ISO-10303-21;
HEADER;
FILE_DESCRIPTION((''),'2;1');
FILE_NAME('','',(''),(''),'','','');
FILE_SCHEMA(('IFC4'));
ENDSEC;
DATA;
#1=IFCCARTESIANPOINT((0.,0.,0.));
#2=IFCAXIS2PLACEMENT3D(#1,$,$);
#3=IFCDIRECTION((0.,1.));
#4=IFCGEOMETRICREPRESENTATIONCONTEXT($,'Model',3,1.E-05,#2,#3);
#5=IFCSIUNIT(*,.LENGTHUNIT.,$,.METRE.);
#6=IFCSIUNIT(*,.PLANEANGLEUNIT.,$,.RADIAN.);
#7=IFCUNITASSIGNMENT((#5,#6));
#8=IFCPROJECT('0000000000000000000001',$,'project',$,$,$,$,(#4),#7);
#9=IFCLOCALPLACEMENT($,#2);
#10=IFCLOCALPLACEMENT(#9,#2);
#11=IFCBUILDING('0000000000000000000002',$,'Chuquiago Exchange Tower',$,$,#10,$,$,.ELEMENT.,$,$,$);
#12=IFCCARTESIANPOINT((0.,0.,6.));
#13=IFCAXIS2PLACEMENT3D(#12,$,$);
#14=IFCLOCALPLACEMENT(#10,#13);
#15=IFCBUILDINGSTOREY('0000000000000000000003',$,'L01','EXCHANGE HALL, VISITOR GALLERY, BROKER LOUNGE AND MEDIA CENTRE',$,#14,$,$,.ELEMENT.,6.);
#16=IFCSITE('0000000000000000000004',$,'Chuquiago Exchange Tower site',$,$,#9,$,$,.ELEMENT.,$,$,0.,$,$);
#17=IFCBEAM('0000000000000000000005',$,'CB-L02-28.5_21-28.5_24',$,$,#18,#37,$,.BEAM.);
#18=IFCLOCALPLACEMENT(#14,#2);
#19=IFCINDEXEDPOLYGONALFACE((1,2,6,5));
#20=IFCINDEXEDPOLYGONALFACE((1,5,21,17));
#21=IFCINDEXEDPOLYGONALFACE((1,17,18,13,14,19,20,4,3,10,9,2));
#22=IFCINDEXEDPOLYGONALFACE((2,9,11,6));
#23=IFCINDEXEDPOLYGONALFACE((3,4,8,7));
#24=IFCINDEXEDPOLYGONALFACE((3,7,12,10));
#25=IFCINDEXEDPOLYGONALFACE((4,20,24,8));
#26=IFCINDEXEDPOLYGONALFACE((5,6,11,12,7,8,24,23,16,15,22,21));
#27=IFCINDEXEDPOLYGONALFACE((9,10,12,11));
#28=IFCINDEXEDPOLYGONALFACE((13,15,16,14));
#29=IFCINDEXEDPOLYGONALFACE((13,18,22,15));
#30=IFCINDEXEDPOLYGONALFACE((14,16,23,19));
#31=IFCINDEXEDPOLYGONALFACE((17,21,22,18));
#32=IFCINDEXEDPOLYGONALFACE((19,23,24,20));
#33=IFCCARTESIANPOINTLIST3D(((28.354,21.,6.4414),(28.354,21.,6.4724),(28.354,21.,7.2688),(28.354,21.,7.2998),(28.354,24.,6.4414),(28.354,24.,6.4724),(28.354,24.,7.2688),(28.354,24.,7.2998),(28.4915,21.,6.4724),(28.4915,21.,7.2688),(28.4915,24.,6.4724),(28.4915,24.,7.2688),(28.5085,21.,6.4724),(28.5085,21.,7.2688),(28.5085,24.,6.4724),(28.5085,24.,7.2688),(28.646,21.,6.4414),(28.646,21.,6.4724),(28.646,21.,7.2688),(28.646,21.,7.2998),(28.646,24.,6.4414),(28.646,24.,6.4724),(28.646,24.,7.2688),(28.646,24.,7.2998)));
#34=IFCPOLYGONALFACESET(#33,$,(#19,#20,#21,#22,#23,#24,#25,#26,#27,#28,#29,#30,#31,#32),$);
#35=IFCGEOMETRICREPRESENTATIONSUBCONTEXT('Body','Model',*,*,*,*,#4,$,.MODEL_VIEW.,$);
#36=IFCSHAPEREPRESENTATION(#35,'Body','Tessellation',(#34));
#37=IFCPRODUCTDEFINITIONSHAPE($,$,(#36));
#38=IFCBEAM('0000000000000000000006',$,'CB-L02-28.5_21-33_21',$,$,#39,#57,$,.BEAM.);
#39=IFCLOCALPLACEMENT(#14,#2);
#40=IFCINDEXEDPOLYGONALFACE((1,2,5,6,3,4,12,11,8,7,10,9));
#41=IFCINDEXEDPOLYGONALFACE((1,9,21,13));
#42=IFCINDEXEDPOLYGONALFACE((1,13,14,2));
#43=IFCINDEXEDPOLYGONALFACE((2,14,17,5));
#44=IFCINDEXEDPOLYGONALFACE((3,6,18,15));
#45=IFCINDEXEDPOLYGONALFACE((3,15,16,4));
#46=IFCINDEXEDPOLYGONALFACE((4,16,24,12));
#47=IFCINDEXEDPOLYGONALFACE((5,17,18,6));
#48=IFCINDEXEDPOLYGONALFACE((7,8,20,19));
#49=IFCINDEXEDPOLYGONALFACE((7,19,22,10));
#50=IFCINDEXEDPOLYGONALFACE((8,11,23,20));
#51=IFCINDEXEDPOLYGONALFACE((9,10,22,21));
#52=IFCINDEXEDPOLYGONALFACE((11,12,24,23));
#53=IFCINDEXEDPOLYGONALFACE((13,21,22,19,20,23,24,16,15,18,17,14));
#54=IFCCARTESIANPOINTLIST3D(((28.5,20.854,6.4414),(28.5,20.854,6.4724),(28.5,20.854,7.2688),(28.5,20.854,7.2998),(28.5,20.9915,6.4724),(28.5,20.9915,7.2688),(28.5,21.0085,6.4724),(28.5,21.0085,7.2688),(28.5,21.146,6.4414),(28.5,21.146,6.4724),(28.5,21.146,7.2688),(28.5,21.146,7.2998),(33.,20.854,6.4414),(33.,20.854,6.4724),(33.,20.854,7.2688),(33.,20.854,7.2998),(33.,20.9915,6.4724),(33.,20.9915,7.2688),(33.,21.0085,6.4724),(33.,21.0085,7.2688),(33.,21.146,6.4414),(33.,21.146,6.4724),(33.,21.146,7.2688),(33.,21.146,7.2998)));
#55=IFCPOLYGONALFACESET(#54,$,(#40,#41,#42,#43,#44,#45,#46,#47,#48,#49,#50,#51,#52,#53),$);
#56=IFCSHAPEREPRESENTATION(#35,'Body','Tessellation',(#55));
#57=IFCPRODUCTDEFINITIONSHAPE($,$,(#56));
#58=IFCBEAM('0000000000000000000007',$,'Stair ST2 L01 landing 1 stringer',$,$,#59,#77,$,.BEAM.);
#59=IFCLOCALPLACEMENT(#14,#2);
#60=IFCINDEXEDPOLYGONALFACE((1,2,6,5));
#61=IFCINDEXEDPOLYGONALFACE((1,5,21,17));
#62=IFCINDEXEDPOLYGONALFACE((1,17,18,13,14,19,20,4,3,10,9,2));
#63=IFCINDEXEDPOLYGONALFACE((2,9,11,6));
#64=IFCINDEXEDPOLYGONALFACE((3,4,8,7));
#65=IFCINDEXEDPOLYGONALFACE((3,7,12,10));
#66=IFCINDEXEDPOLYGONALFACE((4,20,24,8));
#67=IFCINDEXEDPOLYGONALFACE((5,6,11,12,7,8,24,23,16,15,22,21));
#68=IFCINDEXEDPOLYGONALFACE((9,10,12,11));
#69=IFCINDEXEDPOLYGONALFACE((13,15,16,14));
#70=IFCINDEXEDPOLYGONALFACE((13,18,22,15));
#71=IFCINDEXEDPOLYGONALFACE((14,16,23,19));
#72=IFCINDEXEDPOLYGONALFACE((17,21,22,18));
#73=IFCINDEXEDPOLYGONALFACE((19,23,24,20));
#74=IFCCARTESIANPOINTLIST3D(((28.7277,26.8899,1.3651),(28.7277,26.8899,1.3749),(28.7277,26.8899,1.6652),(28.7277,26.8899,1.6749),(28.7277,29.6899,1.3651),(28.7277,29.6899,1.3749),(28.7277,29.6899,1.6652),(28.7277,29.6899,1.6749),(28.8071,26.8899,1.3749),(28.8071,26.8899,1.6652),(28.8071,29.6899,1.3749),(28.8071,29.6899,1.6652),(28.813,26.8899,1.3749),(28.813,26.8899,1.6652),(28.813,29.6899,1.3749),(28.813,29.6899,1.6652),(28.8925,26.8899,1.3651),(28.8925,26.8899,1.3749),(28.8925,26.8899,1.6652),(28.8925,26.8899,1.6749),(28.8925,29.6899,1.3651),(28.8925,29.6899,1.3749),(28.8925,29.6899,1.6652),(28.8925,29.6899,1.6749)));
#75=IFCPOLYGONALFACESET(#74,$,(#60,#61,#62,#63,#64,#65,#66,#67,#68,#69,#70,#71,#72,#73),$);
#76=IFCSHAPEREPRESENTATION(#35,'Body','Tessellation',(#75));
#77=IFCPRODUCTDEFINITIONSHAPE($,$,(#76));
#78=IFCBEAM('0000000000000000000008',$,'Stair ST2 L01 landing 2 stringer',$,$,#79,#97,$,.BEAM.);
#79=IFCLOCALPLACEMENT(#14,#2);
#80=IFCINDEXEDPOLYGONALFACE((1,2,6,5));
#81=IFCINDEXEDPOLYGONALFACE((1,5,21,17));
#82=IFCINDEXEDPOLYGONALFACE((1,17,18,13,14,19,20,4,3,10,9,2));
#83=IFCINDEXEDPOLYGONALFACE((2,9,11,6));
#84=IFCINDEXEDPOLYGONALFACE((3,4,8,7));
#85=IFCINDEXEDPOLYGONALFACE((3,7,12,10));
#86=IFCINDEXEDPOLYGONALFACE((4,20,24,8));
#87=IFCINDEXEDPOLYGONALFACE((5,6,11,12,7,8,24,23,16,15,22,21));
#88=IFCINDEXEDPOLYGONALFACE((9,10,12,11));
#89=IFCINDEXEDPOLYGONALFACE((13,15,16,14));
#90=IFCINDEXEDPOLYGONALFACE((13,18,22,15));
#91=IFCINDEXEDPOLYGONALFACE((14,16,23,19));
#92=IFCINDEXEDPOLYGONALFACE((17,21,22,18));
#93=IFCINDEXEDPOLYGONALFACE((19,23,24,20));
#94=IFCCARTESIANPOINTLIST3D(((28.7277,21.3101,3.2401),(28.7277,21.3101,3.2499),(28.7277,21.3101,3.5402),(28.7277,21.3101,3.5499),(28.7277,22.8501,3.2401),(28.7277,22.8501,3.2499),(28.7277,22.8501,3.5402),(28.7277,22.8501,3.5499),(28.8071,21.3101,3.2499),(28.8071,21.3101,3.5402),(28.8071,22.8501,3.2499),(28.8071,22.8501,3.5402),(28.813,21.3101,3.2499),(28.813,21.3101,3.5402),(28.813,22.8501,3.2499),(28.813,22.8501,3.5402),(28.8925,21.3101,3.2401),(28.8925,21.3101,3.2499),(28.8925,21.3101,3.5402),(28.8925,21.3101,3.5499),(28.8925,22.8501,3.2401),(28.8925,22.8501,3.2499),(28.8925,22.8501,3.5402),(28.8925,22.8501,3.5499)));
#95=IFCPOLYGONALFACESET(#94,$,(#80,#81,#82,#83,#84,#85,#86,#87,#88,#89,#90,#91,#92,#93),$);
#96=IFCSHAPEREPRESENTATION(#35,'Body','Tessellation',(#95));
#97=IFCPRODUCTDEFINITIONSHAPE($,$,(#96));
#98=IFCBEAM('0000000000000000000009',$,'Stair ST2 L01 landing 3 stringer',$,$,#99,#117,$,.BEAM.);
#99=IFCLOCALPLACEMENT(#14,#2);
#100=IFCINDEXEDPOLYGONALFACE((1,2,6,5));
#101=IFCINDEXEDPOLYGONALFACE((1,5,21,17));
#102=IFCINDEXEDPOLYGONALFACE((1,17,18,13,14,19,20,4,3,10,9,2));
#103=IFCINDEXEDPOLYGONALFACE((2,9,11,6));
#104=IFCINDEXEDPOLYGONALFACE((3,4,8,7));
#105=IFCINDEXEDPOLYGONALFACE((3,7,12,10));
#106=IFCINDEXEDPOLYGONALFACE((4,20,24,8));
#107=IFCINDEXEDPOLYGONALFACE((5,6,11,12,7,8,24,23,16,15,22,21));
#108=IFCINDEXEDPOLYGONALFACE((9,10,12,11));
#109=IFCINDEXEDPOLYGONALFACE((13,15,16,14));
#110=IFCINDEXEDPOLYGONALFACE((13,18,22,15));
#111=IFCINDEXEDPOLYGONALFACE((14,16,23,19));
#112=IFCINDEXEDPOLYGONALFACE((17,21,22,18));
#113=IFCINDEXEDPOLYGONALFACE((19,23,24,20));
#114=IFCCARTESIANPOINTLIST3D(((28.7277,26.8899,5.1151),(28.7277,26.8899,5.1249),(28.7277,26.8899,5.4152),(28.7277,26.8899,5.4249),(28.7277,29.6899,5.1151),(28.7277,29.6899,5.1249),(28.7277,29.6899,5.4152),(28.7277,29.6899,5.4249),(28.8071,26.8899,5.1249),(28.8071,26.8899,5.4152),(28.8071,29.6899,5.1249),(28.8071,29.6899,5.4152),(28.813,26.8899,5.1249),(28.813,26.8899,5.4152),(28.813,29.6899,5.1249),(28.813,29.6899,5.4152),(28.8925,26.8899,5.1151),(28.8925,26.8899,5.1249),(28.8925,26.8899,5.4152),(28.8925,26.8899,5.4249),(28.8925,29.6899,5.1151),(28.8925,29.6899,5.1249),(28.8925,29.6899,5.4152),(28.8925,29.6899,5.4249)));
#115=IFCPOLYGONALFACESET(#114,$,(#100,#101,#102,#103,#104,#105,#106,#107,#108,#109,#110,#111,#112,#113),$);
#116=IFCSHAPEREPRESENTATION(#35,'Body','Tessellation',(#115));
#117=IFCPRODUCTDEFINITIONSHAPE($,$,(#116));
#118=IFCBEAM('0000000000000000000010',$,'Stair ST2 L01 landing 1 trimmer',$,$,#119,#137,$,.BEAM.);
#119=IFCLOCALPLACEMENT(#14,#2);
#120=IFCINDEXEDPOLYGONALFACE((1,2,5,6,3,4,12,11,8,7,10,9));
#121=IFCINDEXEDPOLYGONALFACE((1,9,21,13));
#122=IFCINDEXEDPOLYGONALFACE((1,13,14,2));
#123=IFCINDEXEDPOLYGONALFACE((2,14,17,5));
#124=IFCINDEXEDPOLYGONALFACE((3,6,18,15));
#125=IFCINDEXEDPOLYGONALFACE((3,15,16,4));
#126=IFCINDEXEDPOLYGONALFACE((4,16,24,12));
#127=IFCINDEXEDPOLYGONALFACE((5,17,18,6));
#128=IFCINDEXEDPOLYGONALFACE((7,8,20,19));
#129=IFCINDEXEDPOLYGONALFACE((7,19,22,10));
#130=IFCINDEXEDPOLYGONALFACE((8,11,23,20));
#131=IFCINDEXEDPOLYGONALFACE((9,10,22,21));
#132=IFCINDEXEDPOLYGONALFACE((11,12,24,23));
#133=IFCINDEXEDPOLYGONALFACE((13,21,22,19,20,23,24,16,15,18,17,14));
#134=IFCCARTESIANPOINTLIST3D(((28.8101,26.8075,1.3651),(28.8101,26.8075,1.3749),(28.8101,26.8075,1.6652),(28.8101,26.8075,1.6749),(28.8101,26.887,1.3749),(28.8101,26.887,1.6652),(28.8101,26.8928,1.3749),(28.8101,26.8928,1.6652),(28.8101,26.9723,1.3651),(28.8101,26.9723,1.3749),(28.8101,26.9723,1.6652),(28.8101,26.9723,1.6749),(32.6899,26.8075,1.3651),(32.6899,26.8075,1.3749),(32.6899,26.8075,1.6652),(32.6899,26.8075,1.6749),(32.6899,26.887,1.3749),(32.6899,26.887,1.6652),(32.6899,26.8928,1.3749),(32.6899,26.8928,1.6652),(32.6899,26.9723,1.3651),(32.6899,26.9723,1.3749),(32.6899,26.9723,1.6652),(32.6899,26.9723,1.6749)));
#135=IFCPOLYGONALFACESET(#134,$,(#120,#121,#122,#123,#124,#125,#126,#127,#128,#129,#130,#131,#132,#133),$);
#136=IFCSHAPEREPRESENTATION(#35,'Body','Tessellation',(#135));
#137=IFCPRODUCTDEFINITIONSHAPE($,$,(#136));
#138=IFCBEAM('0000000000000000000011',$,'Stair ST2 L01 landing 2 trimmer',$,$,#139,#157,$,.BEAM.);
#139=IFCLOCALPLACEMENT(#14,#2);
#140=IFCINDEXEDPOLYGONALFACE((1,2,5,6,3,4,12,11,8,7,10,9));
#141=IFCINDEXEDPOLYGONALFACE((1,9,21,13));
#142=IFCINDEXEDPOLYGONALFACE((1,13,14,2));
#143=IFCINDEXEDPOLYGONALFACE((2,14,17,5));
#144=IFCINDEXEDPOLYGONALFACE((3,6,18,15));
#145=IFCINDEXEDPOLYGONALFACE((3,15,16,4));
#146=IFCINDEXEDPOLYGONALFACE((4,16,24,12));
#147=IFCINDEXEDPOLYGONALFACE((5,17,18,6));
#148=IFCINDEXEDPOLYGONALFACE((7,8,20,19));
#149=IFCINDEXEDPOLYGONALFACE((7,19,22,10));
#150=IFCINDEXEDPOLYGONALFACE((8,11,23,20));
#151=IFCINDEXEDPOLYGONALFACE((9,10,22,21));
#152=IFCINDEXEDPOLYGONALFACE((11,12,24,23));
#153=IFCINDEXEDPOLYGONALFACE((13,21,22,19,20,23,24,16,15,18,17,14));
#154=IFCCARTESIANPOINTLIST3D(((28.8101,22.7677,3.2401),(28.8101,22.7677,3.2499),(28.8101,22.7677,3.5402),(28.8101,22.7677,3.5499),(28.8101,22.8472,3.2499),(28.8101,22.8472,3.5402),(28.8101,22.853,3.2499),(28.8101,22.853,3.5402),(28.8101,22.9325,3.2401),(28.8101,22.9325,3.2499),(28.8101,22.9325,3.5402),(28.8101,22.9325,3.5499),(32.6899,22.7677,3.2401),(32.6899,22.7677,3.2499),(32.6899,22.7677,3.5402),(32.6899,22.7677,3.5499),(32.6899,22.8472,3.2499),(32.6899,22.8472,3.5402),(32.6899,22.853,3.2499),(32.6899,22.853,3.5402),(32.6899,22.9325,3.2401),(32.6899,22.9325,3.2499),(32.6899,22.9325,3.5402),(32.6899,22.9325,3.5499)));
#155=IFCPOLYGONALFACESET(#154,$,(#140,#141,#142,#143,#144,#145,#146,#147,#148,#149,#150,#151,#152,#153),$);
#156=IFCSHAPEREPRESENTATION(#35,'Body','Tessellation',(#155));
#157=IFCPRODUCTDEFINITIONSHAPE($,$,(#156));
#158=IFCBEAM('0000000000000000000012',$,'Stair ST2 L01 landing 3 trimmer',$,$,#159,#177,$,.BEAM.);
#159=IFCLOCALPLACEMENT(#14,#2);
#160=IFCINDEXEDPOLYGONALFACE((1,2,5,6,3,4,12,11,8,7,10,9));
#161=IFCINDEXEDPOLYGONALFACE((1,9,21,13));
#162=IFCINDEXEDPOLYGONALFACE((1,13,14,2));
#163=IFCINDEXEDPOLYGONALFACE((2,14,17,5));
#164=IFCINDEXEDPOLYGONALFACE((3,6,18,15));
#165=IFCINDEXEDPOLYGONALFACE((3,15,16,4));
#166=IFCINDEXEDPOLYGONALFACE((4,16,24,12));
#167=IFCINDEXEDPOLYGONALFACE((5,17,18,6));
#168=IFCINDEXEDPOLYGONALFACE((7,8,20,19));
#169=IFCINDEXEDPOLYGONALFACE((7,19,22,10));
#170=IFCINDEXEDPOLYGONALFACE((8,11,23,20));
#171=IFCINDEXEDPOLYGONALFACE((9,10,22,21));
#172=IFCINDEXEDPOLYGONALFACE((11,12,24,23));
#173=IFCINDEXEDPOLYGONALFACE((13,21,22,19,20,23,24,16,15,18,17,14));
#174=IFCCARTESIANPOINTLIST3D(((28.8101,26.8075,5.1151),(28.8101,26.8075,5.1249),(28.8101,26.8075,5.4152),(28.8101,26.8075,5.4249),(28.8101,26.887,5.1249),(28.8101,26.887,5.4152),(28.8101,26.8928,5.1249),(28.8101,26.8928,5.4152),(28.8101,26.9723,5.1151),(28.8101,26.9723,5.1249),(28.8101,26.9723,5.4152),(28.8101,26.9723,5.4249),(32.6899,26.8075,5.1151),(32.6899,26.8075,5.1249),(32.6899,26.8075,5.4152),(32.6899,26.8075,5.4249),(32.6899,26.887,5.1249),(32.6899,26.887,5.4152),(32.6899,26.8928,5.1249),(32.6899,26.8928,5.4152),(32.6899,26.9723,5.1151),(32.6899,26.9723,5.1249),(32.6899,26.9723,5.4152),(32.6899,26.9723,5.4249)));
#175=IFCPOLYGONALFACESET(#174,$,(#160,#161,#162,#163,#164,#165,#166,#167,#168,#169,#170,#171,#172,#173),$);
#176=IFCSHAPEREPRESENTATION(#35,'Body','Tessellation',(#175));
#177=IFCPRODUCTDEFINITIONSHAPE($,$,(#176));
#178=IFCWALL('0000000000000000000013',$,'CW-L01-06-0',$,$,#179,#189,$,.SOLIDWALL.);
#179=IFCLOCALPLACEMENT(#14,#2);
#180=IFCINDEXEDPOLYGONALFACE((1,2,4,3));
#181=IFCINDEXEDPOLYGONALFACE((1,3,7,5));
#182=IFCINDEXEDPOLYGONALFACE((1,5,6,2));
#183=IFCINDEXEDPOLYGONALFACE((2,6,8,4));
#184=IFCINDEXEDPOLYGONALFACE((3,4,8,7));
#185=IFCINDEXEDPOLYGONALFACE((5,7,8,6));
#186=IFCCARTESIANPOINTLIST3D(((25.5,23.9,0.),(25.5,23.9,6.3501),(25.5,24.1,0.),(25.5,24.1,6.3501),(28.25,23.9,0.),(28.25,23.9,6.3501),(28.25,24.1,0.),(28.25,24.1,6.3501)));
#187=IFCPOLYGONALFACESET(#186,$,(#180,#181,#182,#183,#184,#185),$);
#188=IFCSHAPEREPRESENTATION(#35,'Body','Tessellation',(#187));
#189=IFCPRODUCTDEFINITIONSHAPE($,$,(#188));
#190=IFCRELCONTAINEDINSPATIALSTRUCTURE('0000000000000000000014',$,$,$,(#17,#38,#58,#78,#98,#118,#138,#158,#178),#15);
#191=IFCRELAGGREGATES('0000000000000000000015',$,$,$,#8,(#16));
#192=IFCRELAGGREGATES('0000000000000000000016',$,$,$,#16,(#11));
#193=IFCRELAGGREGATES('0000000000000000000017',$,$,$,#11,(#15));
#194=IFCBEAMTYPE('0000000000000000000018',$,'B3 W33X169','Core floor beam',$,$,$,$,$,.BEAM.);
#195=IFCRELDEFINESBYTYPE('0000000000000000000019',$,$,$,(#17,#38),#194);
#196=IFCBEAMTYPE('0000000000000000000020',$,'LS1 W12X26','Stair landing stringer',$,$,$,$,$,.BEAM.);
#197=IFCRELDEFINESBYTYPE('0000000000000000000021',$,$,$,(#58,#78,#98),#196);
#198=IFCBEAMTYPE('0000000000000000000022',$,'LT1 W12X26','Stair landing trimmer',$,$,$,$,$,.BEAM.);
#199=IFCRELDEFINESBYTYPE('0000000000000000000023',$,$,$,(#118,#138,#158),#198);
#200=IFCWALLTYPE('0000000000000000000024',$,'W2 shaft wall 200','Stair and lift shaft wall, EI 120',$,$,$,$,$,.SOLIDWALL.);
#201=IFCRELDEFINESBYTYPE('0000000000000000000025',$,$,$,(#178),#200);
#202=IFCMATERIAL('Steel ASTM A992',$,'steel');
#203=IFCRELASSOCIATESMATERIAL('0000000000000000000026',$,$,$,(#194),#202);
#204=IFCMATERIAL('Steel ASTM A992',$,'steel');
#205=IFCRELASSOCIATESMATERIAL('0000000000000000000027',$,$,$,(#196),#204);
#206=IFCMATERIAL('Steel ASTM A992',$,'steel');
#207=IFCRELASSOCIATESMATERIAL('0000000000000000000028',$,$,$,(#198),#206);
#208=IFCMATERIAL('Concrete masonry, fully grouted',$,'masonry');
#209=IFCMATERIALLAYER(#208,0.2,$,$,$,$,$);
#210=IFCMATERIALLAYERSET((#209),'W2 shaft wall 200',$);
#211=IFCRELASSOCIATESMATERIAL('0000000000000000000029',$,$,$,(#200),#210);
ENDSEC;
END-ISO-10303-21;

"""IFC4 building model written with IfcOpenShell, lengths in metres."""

from ifc_helpers import new_model, si_unit, direction, frame, frame_2d, origin, origin_2d, place, context, subcontext, project, spatial, rectangle, i_section, extrude, material, layer, layer_set, material_profile, profile_set, type_object, element, save


model = new_model("IFC4")

# Units and contexts
model_context = context("Model", 3, precision=1e-05, world=origin(), true_north=direction((0.0, 1.0)))
body_context = subcontext(model_context, "Body", "Model", "MODEL_VIEW")
ifc_project = project(units=[si_unit("LENGTHUNIT", "METRE"), si_unit("PLANEANGLEUNIT", "RADIAN")], contexts=[model_context])

# Site, building, storey
site_placement = place(None, origin())
site = spatial("IfcSite", under=ifc_project, at=site_placement, Name="Chuquiago Exchange Tower site", CompositionType="ELEMENT", RefElevation=0.0)
building_placement = place(site_placement, origin())
building = spatial("IfcBuilding", under=site, at=building_placement, Name="Chuquiago Exchange Tower", CompositionType="ELEMENT")
storey_placement = place(building_placement, frame((0.0, 0.0, 6.0)))
storey = spatial("IfcBuildingStorey", under=building, at=storey_placement, Name="L01", Description="EXCHANGE HALL, VISITOR GALLERY, BROKER LOUNGE AND MEDIA CENTRE", CompositionType="ELEMENT", Elevation=6.0)

# Beams
ifc_material_1 = material(Name="Steel ASTM A992", Category="steel")
ifc_material_profile_1 = material_profile(ifc_material_1, i_section(OverallWidth=0.292, OverallDepth=0.8584, WebThickness=0.0171, FlangeThickness=0.031, at=origin_2d()), Name="W33X169")
ifc_profile_set_1 = profile_set([ifc_material_profile_1], Name="Steel ASTM A992")
beam_type_1 = type_object("IfcBeamType", Name="B3 W33X169", Description="Core floor beam", PredefinedType="BEAM", material=ifc_profile_set_1)
beam_1_placement = place(storey_placement, frame((28.5, 21.0, 6.8706), z_axis=(0.0, 1.0, 0.0), x_axis=(-1.0, 0.0, 0.0)))
element("IfcBeam", 1, at=beam_1_placement, inside=storey, type_object=beam_type_1, Name="CB-L02-28.5_21-28.5_24", PredefinedType="BEAM", context=body_context, shape_type="SweptSolid", body=[
    extrude(i_section(OverallWidth=0.292, OverallDepth=0.8584, WebThickness=0.0171, FlangeThickness=0.031, at=origin_2d()), origin(), (0.0, 0.0, 1.0), 3.0),
])
beam_2_placement = place(storey_placement, frame((28.5, 21.0, 6.8706), z_axis=(1.0, 0.0, 0.0), x_axis=(0.0, 1.0, 0.0)))
element("IfcBeam", 2, at=beam_2_placement, inside=storey, type_object=beam_type_1, Name="CB-L02-28.5_21-33_21", PredefinedType="BEAM", context=body_context, shape_type="SweptSolid", body=[
    extrude(i_section(OverallWidth=0.292, OverallDepth=0.8584, WebThickness=0.0171, FlangeThickness=0.031, at=origin_2d()), origin(), (0.0, 0.0, 1.0), 4.5),
])
ifc_material_2 = material(Name="Steel ASTM A992", Category="steel")
ifc_material_profile_2 = material_profile(ifc_material_2, i_section(OverallWidth=0.1648, OverallDepth=0.3098, WebThickness=0.0059, FlangeThickness=0.0098, at=origin_2d()), Name="W12X26")
ifc_profile_set_2 = profile_set([ifc_material_profile_2], Name="Steel ASTM A992")
beam_type_2 = type_object("IfcBeamType", Name="LS1 W12X26", Description="Stair landing stringer", PredefinedType="BEAM", material=ifc_profile_set_2)
beam_3_placement = place(storey_placement, frame((28.8101, 26.8899, 1.52), z_axis=(0.0, 1.0, 0.0), x_axis=(-1.0, 0.0, 0.0)))
element("IfcBeam", 3, at=beam_3_placement, inside=storey, type_object=beam_type_2, Name="Stair ST2 L01 landing 1 stringer", PredefinedType="BEAM", context=body_context, shape_type="SweptSolid", body=[
    extrude(i_section(OverallWidth=0.1648, OverallDepth=0.3098, WebThickness=0.0059, FlangeThickness=0.0098, at=origin_2d()), origin(), (0.0, 0.0, 1.0), 2.8),
])
beam_4_placement = place(storey_placement, frame((28.8101, 21.3101, 3.395), z_axis=(0.0, 1.0, 0.0), x_axis=(-1.0, 0.0, 0.0)))
element("IfcBeam", 4, at=beam_4_placement, inside=storey, type_object=beam_type_2, Name="Stair ST2 L01 landing 2 stringer", PredefinedType="BEAM", context=body_context, shape_type="SweptSolid", body=[
    extrude(i_section(OverallWidth=0.1648, OverallDepth=0.3098, WebThickness=0.0059, FlangeThickness=0.0098, at=origin_2d()), origin(), (0.0, 0.0, 1.0), 1.54),
])
beam_5_placement = place(storey_placement, frame((28.8101, 26.8899, 5.27), z_axis=(0.0, 1.0, 0.0), x_axis=(-1.0, 0.0, 0.0)))
element("IfcBeam", 5, at=beam_5_placement, inside=storey, type_object=beam_type_2, Name="Stair ST2 L01 landing 3 stringer", PredefinedType="BEAM", context=body_context, shape_type="SweptSolid", body=[
    extrude(i_section(OverallWidth=0.1648, OverallDepth=0.3098, WebThickness=0.0059, FlangeThickness=0.0098, at=origin_2d()), origin(), (0.0, 0.0, 1.0), 2.8),
])
ifc_material_3 = material(Name="Steel ASTM A992", Category="steel")
ifc_material_profile_3 = material_profile(ifc_material_3, i_section(OverallWidth=0.1648, OverallDepth=0.3098, WebThickness=0.0059, FlangeThickness=0.0098, at=origin_2d()), Name="W12X26")
ifc_profile_set_3 = profile_set([ifc_material_profile_3], Name="Steel ASTM A992")
beam_type_3 = type_object("IfcBeamType", Name="LT1 W12X26", Description="Stair landing trimmer", PredefinedType="BEAM", material=ifc_profile_set_3)
for number, where, z_axis, x_axis, name in (
    (6, (28.8101, 26.8899, 1.52), (1.0, 0.0, 0.0), (0.0, 1.0, 0.0), "Stair ST2 L01 landing 1 trimmer"),
    (7, (28.8101, 22.8501, 3.395), (1.0, 0.0, 0.0), (0.0, 1.0, 0.0), "Stair ST2 L01 landing 2 trimmer"),
    (8, (28.8101, 26.8899, 5.27), (1.0, 0.0, 0.0), (0.0, 1.0, 0.0), "Stair ST2 L01 landing 3 trimmer"),
):
    element("IfcBeam", number, at=place(storey_placement, frame(where, z_axis=z_axis, x_axis=x_axis)), inside=storey, type_object=beam_type_3, Name=name, PredefinedType="BEAM", context=body_context, shape_type="SweptSolid", body=[
        extrude(i_section(OverallWidth=0.1648, OverallDepth=0.3098, WebThickness=0.0059, FlangeThickness=0.0098, at=origin_2d()), origin(), (0.0, 0.0, 1.0), 3.8799),
    ])

# Wall
ifc_material_4 = material(Name="Concrete masonry, fully grouted", Category="masonry")
ifc_layer_1 = layer(ifc_material_4, 0.2)
ifc_layer_set_1 = layer_set([ifc_layer_1], Name="W2 shaft wall 200")
wall_type_1 = type_object("IfcWallType", Name="W2 shaft wall 200", Description="Stair and lift shaft wall, EI 120", PredefinedType="SOLIDWALL", material=ifc_layer_set_1)
wall_1_placement = place(storey_placement, frame((25.5, 24.0, 0.0), z_axis=(0.0, 0.0, 1.0), x_axis=(1.0, 0.0, 0.0)))
element("IfcWall", 9, at=wall_1_placement, inside=storey, type_object=wall_type_1, Name="CW-L01-06-0", PredefinedType="SOLIDWALL", context=body_context, shape_type="SweptSolid", body=[
    extrude(rectangle(XDim=2.75, YDim=0.2, at=frame_2d((1.375, 0.0))), origin(), (0.0, 0.0, 1.0), 6.3501),
])

save(model, "model.ifc")
